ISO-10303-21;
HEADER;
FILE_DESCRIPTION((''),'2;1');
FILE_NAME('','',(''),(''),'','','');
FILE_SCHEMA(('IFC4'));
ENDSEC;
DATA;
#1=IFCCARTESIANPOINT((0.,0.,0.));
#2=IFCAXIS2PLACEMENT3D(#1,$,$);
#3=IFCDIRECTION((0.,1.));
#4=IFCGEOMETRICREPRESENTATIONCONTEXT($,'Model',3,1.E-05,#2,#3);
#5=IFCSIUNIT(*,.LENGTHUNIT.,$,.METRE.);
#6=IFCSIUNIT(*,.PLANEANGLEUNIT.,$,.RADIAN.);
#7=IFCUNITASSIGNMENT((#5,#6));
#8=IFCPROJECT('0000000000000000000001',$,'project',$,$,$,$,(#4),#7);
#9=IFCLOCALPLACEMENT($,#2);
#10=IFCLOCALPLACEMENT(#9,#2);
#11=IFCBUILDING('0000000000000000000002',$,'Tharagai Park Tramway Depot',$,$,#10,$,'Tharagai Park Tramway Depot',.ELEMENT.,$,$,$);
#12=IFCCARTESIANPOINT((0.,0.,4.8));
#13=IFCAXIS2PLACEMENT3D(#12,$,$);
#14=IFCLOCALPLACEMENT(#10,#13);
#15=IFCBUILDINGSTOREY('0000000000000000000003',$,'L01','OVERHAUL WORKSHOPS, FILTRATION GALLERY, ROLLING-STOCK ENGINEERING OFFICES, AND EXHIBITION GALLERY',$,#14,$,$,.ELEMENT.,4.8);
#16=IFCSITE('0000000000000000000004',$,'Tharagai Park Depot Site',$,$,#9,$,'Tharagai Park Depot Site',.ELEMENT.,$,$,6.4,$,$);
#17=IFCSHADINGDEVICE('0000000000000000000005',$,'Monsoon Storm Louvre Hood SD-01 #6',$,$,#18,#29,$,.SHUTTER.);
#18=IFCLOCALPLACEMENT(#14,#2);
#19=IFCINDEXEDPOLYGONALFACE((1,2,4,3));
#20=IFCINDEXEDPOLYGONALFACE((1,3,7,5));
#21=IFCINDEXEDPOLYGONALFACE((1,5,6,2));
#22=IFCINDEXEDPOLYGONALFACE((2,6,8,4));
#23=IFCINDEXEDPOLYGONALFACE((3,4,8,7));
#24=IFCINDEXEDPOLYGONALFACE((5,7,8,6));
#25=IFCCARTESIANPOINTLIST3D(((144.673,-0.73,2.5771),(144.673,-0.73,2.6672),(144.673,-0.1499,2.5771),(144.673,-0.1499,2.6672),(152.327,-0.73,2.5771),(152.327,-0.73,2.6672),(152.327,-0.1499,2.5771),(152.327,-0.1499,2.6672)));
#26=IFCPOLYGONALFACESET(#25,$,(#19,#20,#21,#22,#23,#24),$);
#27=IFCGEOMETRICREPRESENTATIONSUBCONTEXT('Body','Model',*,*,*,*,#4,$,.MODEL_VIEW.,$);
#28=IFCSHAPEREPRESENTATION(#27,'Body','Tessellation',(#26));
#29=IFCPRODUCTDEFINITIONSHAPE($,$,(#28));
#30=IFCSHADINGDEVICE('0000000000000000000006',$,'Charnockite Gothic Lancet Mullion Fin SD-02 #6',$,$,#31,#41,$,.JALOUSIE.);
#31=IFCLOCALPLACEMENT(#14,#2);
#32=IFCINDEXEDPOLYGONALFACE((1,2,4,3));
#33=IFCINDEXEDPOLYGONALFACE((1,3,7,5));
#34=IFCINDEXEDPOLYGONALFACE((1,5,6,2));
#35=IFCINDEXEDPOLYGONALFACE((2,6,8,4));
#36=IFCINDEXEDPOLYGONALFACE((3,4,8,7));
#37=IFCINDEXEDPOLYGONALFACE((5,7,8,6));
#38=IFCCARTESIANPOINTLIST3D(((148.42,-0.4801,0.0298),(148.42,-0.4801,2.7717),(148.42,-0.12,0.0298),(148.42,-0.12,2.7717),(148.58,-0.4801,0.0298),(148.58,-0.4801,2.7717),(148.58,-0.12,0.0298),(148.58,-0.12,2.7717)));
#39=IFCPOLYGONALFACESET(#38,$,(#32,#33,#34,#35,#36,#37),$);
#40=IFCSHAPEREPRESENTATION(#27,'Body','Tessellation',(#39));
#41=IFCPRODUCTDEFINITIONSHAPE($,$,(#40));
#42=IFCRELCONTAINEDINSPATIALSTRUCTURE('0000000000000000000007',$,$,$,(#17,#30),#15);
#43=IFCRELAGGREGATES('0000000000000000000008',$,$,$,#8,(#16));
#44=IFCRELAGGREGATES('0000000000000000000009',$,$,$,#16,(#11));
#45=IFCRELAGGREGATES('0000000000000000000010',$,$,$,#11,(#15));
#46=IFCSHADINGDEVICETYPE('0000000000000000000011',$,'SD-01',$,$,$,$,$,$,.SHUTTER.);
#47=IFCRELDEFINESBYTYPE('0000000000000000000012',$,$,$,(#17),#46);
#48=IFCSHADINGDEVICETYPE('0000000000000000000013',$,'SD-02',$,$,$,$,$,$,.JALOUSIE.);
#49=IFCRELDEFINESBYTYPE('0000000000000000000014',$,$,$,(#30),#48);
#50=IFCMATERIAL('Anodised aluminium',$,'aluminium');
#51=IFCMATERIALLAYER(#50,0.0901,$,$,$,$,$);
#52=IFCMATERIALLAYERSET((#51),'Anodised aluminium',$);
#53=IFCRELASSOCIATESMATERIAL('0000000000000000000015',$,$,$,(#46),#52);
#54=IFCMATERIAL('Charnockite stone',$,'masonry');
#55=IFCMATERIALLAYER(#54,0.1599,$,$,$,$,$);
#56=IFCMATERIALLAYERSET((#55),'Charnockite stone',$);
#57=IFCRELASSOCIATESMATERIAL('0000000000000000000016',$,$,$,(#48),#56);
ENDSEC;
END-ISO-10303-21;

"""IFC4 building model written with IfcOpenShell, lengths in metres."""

from ifc_helpers import new_model, si_unit, direction, frame, origin, origin_2d, place, context, subcontext, project, spatial, rectangle, extrude, material, layer, layer_set, type_object, element, save


model = new_model("IFC4")

# Units and contexts
model_context = context("Model", 3, precision=1e-05, world=origin(), true_north=direction((0.0, 1.0)))
body_context = subcontext(model_context, "Body", "Model", "MODEL_VIEW")
ifc_project = project(units=[si_unit("LENGTHUNIT", "METRE"), si_unit("PLANEANGLEUNIT", "RADIAN")], contexts=[model_context])

# Site, building, storey
site_placement = place(None, origin())
site = spatial("IfcSite", under=ifc_project, at=site_placement, Name="Tharagai Park Depot Site", LongName="Tharagai Park Depot Site", CompositionType="ELEMENT", RefElevation=6.4)
building_placement = place(site_placement, origin())
building = spatial("IfcBuilding", under=site, at=building_placement, Name="Tharagai Park Tramway Depot", LongName="Tharagai Park Tramway Depot", CompositionType="ELEMENT")
storey_placement = place(building_placement, frame((0.0, 0.0, 4.8)))
storey = spatial("IfcBuildingStorey", under=building, at=storey_placement, Name="L01", Description="OVERHAUL WORKSHOPS, FILTRATION GALLERY, ROLLING-STOCK ENGINEERING OFFICES, AND EXHIBITION GALLERY", CompositionType="ELEMENT", Elevation=4.8)

# Shading devices
ifc_material_1 = material(Name="Anodised aluminium", Category="aluminium")
ifc_layer_1 = layer(ifc_material_1, 0.0901)
ifc_layer_set_1 = layer_set([ifc_layer_1], Name="Anodised aluminium")
shading_device_type_1 = type_object("IfcShadingDeviceType", Name="SD-01", PredefinedType="SHUTTER", material=ifc_layer_set_1)
shading_device_1_placement = place(storey_placement, frame((148.5, -0.4399, 2.5771), z_axis=(0.0, 0.0, 1.0), x_axis=(1.0, 0.0, 0.0)))
element("IfcShadingDevice", 1, at=shading_device_1_placement, inside=storey, type_object=shading_device_type_1, Name="Monsoon Storm Louvre Hood SD-01 #6", PredefinedType="SHUTTER", context=body_context, shape_type="SweptSolid", body=[
    extrude(rectangle(XDim=7.6541, YDim=0.5801, at=origin_2d()), origin(), (0.0, 0.0, 1.0), 0.0901),
])
ifc_material_2 = material(Name="Charnockite stone", Category="masonry")
ifc_layer_2 = layer(ifc_material_2, 0.1599)
ifc_layer_set_2 = layer_set([ifc_layer_2], Name="Charnockite stone")
shading_device_type_2 = type_object("IfcShadingDeviceType", Name="SD-02", PredefinedType="JALOUSIE", material=ifc_layer_set_2)
shading_device_2_placement = place(storey_placement, frame((148.5, -0.3, 0.0298), z_axis=(0.0, 0.0, 1.0), x_axis=(1.0, 0.0, 0.0)))
element("IfcShadingDevice", 2, at=shading_device_2_placement, inside=storey, type_object=shading_device_type_2, Name="Charnockite Gothic Lancet Mullion Fin SD-02 #6", PredefinedType="JALOUSIE", context=body_context, shape_type="SweptSolid", body=[
    extrude(rectangle(XDim=0.1599, YDim=0.3601, at=origin_2d()), origin(), (0.0, 0.0, 1.0), 2.7419),
])

save(model, "model.ifc")
